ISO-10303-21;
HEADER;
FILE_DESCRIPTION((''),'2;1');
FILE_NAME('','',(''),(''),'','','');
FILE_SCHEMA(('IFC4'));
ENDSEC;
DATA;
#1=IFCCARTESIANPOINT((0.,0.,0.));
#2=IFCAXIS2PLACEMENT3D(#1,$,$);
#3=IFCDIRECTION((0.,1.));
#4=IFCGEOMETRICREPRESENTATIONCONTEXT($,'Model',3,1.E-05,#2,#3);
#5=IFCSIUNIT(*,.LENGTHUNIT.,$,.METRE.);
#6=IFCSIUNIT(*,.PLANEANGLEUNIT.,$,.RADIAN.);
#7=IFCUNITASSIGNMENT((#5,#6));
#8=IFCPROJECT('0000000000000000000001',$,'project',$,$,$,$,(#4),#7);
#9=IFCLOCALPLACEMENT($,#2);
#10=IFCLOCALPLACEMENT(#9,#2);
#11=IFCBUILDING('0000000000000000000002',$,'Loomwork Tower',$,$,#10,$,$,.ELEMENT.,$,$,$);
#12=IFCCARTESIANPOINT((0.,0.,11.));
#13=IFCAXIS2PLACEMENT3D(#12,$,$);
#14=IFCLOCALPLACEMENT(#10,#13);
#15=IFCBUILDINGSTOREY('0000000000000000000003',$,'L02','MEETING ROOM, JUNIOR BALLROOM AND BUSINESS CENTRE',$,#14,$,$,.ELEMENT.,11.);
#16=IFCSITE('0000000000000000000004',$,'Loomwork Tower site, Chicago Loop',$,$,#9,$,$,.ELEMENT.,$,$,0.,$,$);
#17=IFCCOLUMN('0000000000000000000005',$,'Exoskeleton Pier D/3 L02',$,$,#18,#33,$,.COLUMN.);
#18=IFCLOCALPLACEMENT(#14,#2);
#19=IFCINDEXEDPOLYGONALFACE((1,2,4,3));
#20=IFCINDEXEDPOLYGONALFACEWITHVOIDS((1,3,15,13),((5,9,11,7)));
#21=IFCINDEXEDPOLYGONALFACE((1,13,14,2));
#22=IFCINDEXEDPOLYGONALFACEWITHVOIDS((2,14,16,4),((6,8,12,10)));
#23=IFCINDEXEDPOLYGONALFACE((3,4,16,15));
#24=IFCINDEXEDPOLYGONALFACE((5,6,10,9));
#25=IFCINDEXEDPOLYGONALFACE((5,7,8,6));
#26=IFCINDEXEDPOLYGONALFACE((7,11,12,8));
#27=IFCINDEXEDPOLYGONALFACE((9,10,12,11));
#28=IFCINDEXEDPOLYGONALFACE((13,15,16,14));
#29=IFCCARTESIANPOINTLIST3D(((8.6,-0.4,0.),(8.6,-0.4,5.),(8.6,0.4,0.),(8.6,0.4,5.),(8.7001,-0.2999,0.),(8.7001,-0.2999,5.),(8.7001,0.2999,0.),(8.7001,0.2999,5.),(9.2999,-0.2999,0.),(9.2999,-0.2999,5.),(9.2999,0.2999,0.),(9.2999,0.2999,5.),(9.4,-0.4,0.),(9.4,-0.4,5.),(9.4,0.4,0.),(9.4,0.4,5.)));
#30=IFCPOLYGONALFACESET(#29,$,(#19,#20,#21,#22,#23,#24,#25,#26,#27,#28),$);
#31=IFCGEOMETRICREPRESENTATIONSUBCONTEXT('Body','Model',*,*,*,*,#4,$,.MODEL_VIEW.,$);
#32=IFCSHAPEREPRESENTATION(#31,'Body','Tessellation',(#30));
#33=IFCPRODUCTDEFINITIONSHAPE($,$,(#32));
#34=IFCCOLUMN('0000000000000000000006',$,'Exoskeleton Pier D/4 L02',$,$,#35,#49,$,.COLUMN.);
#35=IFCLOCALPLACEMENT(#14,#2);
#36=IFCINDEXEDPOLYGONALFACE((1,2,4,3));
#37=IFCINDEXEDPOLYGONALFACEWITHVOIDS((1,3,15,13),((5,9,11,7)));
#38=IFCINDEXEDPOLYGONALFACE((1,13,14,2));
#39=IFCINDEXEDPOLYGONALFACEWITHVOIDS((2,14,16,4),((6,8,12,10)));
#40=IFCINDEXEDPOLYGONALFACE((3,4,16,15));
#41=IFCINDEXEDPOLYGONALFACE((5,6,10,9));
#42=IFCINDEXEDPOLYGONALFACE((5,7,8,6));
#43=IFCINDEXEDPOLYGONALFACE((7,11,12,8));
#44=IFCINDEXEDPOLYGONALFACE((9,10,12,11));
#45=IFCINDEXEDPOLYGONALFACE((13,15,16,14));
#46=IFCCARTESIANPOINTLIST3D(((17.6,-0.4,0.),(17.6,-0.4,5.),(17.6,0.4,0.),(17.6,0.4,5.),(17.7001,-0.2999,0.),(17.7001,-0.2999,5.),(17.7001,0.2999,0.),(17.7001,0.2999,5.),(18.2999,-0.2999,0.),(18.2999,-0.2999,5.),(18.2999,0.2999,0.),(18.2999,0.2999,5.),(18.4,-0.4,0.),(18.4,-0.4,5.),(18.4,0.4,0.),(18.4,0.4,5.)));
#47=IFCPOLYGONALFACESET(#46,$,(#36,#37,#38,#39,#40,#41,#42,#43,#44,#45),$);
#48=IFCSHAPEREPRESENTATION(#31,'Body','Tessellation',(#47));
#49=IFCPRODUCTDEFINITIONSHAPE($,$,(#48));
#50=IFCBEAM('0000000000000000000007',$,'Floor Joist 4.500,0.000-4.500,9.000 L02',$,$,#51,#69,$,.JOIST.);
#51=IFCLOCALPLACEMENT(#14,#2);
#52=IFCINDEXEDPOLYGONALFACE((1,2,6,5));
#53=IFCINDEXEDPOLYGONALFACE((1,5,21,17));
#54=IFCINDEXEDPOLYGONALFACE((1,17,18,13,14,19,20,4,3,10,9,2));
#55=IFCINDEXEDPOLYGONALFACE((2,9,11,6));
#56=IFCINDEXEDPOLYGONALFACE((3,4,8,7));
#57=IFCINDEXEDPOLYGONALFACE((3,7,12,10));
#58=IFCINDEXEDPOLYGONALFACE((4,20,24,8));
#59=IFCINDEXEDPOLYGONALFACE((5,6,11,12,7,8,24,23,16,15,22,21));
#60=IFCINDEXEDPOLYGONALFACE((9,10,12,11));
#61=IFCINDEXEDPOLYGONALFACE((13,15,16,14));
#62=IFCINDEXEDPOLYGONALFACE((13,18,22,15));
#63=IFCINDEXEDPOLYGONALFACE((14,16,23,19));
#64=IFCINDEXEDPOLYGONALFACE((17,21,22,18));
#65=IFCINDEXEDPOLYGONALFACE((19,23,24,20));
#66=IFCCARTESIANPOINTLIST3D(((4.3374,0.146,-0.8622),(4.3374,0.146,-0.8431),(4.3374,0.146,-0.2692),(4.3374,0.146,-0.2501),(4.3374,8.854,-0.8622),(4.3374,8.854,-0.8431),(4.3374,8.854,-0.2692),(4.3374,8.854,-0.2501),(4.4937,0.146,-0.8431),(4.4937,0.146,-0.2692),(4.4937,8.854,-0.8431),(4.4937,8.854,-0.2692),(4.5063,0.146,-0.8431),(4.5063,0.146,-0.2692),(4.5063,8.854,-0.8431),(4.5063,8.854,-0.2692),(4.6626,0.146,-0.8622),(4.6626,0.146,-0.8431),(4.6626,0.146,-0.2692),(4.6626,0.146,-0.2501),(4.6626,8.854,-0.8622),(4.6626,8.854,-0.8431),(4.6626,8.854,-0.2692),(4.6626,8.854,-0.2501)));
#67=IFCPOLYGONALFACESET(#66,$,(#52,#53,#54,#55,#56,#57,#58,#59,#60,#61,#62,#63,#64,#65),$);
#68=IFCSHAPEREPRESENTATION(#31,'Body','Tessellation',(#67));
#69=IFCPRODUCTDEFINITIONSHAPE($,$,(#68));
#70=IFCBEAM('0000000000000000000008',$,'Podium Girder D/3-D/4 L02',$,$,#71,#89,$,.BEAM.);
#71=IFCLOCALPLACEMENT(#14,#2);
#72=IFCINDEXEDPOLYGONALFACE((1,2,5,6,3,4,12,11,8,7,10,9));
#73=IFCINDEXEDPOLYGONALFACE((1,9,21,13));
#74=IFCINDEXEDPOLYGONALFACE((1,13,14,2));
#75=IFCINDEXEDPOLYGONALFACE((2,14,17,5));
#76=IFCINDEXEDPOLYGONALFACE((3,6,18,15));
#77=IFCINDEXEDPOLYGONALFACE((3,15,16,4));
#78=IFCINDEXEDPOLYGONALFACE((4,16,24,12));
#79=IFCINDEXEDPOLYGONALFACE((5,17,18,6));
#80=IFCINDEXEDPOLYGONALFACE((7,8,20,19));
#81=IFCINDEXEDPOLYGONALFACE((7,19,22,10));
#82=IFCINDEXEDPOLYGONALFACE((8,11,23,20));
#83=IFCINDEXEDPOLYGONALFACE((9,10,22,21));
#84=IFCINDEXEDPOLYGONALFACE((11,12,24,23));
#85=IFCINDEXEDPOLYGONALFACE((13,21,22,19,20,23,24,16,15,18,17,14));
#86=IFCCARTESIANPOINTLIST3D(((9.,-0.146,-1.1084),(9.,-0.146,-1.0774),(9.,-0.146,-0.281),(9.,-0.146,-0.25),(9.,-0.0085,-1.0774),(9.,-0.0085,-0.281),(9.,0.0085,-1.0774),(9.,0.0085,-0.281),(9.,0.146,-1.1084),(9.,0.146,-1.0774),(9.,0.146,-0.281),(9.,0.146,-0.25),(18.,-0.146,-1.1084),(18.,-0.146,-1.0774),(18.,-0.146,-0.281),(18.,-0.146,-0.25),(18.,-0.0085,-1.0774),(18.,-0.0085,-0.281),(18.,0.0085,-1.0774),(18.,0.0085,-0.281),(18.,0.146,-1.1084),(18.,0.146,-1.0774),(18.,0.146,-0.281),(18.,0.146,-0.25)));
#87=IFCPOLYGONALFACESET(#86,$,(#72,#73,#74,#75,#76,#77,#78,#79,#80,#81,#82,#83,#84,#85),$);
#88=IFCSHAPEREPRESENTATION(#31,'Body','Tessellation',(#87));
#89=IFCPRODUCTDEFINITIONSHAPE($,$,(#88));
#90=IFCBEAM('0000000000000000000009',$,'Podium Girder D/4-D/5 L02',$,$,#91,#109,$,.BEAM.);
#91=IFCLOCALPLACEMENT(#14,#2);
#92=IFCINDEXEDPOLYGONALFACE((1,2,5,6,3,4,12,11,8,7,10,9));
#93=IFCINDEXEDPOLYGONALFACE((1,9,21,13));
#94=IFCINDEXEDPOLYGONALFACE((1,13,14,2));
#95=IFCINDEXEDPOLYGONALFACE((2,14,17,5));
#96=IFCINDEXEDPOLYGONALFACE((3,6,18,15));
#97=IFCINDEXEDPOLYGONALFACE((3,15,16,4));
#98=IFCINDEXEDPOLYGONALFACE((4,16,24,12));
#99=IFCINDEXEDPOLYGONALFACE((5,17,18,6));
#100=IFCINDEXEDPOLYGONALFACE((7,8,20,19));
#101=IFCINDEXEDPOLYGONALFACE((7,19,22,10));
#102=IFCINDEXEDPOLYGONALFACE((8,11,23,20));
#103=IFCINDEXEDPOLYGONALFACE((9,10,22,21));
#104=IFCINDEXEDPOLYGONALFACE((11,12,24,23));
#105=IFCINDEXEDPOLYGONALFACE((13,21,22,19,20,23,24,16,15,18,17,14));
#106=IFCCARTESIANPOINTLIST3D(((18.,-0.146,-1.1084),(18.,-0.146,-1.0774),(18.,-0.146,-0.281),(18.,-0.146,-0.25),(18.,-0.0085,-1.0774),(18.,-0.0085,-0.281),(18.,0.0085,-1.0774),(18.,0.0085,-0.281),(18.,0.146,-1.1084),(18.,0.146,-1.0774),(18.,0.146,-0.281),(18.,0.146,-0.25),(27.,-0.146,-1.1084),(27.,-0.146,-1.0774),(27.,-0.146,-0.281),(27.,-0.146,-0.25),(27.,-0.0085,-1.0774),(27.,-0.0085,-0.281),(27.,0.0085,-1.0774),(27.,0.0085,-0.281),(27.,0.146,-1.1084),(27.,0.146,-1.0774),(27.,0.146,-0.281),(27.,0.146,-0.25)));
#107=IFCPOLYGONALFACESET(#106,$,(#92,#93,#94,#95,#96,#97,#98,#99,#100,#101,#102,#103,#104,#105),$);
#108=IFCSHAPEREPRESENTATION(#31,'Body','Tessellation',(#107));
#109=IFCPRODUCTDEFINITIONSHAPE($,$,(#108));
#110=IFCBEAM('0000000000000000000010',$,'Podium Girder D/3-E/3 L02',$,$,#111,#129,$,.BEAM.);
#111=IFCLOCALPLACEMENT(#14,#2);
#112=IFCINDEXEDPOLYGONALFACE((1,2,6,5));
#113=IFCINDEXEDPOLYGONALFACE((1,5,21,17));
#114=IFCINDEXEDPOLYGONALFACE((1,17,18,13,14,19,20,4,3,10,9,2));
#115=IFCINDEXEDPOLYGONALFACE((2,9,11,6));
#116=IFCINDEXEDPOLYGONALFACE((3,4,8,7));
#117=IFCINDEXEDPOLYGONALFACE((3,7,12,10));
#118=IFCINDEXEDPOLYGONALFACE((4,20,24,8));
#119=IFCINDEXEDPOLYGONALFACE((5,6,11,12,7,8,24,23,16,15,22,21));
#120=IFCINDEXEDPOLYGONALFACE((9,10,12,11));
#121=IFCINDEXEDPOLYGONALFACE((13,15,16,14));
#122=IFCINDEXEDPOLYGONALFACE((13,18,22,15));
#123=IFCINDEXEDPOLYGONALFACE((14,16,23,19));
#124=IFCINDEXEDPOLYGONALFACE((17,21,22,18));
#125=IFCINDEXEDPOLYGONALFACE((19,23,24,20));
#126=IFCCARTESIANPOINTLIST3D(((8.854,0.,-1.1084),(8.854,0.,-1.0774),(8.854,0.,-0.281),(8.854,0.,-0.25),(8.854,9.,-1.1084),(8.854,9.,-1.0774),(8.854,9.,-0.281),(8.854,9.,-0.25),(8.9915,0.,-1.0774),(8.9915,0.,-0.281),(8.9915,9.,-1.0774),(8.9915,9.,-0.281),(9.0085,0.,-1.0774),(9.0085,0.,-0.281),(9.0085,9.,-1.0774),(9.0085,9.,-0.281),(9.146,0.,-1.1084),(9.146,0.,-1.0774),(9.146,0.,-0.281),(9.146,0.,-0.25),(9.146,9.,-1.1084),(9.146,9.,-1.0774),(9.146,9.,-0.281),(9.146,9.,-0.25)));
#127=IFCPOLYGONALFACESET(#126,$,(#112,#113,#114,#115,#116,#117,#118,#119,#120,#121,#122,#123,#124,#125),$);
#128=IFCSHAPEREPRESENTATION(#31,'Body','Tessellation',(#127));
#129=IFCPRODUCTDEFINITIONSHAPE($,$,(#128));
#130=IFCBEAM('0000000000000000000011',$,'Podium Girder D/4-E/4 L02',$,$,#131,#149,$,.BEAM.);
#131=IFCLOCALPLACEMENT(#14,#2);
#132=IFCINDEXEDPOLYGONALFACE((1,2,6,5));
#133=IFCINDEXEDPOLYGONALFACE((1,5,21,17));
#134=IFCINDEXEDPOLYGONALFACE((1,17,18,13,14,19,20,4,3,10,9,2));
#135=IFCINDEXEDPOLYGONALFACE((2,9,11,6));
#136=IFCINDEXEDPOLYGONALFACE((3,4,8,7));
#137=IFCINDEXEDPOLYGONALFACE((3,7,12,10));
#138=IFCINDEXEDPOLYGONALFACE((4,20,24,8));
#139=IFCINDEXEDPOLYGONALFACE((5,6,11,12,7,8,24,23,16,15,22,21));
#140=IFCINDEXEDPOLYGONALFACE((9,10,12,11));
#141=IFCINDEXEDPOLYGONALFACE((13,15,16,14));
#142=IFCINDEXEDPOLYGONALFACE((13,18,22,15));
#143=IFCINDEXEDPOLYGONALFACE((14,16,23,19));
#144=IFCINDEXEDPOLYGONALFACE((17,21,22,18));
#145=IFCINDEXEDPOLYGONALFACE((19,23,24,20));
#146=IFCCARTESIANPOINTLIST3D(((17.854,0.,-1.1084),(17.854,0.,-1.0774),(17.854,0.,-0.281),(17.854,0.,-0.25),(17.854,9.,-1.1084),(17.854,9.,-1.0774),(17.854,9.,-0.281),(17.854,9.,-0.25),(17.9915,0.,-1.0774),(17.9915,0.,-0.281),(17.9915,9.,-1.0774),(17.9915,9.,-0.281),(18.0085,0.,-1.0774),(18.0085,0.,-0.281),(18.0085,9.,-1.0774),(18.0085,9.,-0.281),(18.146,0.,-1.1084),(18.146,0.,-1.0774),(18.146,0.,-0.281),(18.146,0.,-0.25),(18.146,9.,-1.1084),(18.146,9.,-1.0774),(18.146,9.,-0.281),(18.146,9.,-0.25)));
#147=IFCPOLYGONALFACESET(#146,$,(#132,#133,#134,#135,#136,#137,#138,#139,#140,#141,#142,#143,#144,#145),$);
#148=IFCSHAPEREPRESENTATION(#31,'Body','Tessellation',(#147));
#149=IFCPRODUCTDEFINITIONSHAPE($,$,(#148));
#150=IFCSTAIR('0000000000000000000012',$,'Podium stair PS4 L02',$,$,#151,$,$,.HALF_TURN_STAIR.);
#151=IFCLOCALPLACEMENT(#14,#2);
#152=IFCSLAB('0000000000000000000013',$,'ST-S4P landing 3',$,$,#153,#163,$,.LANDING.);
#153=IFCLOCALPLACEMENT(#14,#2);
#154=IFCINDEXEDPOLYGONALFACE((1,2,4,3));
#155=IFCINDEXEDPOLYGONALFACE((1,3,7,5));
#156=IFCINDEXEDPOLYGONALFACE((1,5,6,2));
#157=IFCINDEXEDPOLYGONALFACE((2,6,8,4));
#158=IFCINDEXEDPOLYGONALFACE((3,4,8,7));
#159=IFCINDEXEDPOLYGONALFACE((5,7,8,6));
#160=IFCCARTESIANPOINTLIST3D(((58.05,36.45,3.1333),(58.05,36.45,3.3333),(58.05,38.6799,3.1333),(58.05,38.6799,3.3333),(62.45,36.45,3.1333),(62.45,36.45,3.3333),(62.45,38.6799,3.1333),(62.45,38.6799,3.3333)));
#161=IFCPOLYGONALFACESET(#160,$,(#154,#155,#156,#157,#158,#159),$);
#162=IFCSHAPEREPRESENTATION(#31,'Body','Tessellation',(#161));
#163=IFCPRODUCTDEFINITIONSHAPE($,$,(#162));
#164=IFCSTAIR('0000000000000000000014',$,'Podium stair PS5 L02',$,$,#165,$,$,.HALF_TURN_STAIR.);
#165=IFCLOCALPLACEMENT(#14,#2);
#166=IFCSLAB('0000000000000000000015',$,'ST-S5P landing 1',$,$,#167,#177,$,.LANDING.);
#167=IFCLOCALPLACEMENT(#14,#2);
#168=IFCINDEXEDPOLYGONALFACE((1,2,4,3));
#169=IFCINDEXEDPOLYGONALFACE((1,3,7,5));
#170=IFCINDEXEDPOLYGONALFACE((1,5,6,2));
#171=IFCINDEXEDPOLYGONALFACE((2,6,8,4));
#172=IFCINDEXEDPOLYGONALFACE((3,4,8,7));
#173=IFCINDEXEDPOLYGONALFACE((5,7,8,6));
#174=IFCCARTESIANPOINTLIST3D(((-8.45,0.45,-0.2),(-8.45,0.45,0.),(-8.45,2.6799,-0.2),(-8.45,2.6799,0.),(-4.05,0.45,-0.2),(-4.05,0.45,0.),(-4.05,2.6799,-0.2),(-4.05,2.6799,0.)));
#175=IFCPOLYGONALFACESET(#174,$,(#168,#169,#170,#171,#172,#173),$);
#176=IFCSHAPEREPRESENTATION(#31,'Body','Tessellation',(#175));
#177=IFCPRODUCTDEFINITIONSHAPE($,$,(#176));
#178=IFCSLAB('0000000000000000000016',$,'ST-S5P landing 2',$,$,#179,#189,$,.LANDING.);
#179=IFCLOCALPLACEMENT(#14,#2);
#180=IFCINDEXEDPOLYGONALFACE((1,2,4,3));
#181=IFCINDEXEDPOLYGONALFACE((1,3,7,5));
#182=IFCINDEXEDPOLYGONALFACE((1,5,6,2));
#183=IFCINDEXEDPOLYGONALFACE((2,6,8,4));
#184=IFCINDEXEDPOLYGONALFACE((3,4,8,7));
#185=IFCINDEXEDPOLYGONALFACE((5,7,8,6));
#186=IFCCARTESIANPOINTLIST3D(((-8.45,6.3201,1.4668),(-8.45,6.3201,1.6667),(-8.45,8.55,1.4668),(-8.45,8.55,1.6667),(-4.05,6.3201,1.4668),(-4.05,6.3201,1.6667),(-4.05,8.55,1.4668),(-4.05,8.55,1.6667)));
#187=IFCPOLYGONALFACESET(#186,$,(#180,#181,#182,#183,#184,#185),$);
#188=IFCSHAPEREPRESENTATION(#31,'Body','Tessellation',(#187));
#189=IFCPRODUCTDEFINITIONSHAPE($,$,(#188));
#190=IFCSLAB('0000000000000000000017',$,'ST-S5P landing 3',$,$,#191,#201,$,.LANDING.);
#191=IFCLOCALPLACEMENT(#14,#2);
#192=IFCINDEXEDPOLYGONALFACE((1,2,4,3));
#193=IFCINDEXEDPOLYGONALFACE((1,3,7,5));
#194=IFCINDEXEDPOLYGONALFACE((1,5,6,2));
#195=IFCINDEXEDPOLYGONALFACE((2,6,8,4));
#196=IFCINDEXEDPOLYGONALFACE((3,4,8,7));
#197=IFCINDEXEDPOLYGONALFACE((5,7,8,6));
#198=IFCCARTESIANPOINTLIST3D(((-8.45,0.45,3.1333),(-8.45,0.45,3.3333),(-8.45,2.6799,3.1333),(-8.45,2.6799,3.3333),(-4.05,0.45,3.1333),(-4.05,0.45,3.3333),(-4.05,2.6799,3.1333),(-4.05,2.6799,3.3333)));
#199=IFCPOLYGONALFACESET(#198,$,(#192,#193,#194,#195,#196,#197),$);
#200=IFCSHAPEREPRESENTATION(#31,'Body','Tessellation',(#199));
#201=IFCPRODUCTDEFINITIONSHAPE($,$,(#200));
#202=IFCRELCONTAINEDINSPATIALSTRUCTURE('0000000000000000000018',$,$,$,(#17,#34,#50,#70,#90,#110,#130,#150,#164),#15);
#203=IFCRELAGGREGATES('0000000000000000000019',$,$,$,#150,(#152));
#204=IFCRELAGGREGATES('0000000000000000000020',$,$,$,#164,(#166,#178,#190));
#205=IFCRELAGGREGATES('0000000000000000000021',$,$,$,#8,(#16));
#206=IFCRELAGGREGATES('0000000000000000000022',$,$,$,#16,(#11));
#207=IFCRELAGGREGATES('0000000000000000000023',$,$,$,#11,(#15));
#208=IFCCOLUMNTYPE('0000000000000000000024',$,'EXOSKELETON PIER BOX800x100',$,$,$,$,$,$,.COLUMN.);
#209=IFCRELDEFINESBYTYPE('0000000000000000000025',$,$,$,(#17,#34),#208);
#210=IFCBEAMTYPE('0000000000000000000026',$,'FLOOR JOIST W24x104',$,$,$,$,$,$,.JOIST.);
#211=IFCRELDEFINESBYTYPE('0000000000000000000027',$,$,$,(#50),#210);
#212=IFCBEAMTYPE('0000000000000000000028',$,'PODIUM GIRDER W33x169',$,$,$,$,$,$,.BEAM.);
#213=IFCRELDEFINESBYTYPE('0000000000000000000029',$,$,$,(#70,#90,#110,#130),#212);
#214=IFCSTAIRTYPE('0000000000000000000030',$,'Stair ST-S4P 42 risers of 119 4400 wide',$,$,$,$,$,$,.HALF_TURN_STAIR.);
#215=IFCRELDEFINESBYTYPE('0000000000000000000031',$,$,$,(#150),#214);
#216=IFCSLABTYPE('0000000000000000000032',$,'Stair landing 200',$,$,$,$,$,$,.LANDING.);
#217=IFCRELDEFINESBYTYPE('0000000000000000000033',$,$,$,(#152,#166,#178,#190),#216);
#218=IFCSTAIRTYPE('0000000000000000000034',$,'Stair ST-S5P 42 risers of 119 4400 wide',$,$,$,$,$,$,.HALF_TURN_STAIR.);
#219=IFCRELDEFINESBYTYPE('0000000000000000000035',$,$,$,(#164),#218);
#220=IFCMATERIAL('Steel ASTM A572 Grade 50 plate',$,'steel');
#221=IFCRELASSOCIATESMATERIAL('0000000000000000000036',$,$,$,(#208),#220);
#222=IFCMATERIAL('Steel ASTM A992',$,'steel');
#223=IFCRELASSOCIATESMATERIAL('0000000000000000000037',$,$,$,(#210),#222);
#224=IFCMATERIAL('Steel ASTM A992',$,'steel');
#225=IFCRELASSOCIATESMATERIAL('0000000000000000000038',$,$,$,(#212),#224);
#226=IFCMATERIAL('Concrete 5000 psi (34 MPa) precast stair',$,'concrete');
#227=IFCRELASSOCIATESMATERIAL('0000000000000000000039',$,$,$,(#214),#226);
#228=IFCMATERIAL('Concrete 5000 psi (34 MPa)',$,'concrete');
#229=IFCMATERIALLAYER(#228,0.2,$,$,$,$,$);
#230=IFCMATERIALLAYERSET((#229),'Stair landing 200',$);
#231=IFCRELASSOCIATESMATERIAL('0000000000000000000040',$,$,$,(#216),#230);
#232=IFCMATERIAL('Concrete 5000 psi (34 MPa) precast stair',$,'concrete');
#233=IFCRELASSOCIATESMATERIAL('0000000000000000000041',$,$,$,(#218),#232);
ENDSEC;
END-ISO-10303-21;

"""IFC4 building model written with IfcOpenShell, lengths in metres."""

from ifc_helpers import new_model, si_unit, direction, frame, origin, origin_2d, place, context, subcontext, project, spatial, polyline, hollow_rectangle, i_section, outline, extrude, material, layer, layer_set, material_profile, profile_set, type_object, element, aggregate, save


model = new_model("IFC4")

# Units and contexts
model_context = context("Model", 3, precision=1e-05, world=origin(), true_north=direction((0.0, 1.0)))
body_context = subcontext(model_context, "Body", "Model", "MODEL_VIEW")
ifc_project = project(units=[si_unit("LENGTHUNIT", "METRE"), si_unit("PLANEANGLEUNIT", "RADIAN")], contexts=[model_context])

# Site, building, storey
site_placement = place(None, origin())
site = spatial("IfcSite", under=ifc_project, at=site_placement, Name="Loomwork Tower site, Chicago Loop", CompositionType="ELEMENT", RefElevation=0.0)
building_placement = place(site_placement, origin())
building = spatial("IfcBuilding", under=site, at=building_placement, Name="Loomwork Tower", CompositionType="ELEMENT")
storey_placement = place(building_placement, frame((0.0, 0.0, 11.0)))
storey = spatial("IfcBuildingStorey", under=building, at=storey_placement, Name="L02", Description="MEETING ROOM, JUNIOR BALLROOM AND BUSINESS CENTRE", CompositionType="ELEMENT", Elevation=11.0)

# Columns
ifc_material_1 = material(Name="Steel ASTM A572 Grade 50 plate", Category="steel")
ifc_material_profile_1 = material_profile(ifc_material_1, hollow_rectangle(XDim=0.8, YDim=0.8, WallThickness=0.1001, at=origin_2d()), Name="BOX800x100")
ifc_profile_set_1 = profile_set([ifc_material_profile_1], Name="Steel ASTM A572 Grade 50 plate")
column_type = type_object("IfcColumnType", Name="EXOSKELETON PIER BOX800x100", PredefinedType="COLUMN", material=ifc_profile_set_1)
for number, where, z_axis, x_axis, name in (
    (1, (9.0, 0.0, 0.0), (0.0, 0.0, 1.0), (1.0, 0.0, 0.0), "Exoskeleton Pier D/3 L02"),
    (2, (18.0, 0.0, 0.0), (0.0, 0.0, 1.0), (1.0, 0.0, 0.0), "Exoskeleton Pier D/4 L02"),
):
    element("IfcColumn", number, at=place(storey_placement, frame(where, z_axis=z_axis, x_axis=x_axis)), inside=storey, type_object=column_type, Name=name, PredefinedType="COLUMN", context=body_context, shape_type="SweptSolid", body=[
        extrude(hollow_rectangle(XDim=0.8, YDim=0.8, WallThickness=0.1001, at=origin_2d()), origin(), (0.0, 0.0, 1.0), 5.0),
    ])

# Beams
ifc_material_2 = material(Name="Steel ASTM A992", Category="steel")
ifc_material_profile_2 = material_profile(ifc_material_2, i_section(OverallWidth=0.3252, OverallDepth=0.6121, WebThickness=0.0127, FlangeThickness=0.019, at=origin_2d()), Name="W24x104")
ifc_profile_set_2 = profile_set([ifc_material_profile_2], Name="Steel ASTM A992")
beam_type_1 = type_object("IfcBeamType", Name="FLOOR JOIST W24x104", PredefinedType="JOIST", material=ifc_profile_set_2)
beam_placement = place(storey_placement, frame((4.5, 0.146, -0.5562), z_axis=(0.0, 1.0, 0.0), x_axis=(-1.0, 0.0, 0.0)))
element("IfcBeam", 3, at=beam_placement, inside=storey, type_object=beam_type_1, Name="Floor Joist 4.500,0.000-4.500,9.000 L02", PredefinedType="JOIST", context=body_context, shape_type="SweptSolid", body=[
    extrude(i_section(OverallWidth=0.3252, OverallDepth=0.6121, WebThickness=0.0127, FlangeThickness=0.019, at=origin_2d()), origin(), (0.0, 0.0, 1.0), 8.708),
])
ifc_material_3 = material(Name="Steel ASTM A992", Category="steel")
ifc_material_profile_3 = material_profile(ifc_material_3, i_section(OverallWidth=0.292, OverallDepth=0.8584, WebThickness=0.0171, FlangeThickness=0.031, at=origin_2d()), Name="W33x169")
ifc_profile_set_3 = profile_set([ifc_material_profile_3], Name="Steel ASTM A992")
beam_type_2 = type_object("IfcBeamType", Name="PODIUM GIRDER W33x169", PredefinedType="BEAM", material=ifc_profile_set_3)
for number, where, z_axis, x_axis, name in (
    (4, (9.0, 0.0, -0.6792), (1.0, 0.0, 0.0), (0.0, 1.0, 0.0), "Podium Girder D/3-D/4 L02"),
    (5, (18.0, 0.0, -0.6792), (1.0, 0.0, 0.0), (0.0, 1.0, 0.0), "Podium Girder D/4-D/5 L02"),
    (6, (9.0, 0.0, -0.6792), (0.0, 1.0, 0.0), (-1.0, 0.0, 0.0), "Podium Girder D/3-E/3 L02"),
    (7, (18.0, 0.0, -0.6792), (0.0, 1.0, 0.0), (-1.0, 0.0, 0.0), "Podium Girder D/4-E/4 L02"),
):
    element("IfcBeam", number, at=place(storey_placement, frame(where, z_axis=z_axis, x_axis=x_axis)), inside=storey, type_object=beam_type_2, Name=name, PredefinedType="BEAM", context=body_context, shape_type="SweptSolid", body=[
        extrude(i_section(OverallWidth=0.292, OverallDepth=0.8584, WebThickness=0.0171, FlangeThickness=0.031, at=origin_2d()), origin(), (0.0, 0.0, 1.0), 9.0),
    ])

# Stair, slab
ifc_material_4 = material(Name="Concrete 5000 psi (34 MPa) precast stair", Category="concrete")
stair_type_1 = type_object("IfcStairType", Name="Stair ST-S4P 42 risers of 119 4400 wide", PredefinedType="HALF_TURN_STAIR", material=ifc_material_4)
stair_1_placement = place(storey_placement, origin())
stair_1 = element("IfcStair", 8, at=stair_1_placement, inside=storey, type_object=stair_type_1, Name="Podium stair PS4 L02", PredefinedType="HALF_TURN_STAIR")
ifc_material_5 = material(Name="Concrete 5000 psi (34 MPa)", Category="concrete")
ifc_layer_1 = layer(ifc_material_5, 0.2)
ifc_layer_set_1 = layer_set([ifc_layer_1], Name="Stair landing 200")
slab_type = type_object("IfcSlabType", Name="Stair landing 200", PredefinedType="LANDING", material=ifc_layer_set_1)
slab_1_placement = place(storey_placement, frame((0.0, 0.0, 3.1333)))
slab_1 = element("IfcSlab", 9, at=slab_1_placement, type_object=slab_type, Name="ST-S4P landing 3", PredefinedType="LANDING", context=body_context, shape_type="SweptSolid", body=[
    extrude(outline(polyline([(58.05, 36.45), (62.45, 36.45), (62.45, 38.6799), (58.05, 38.6799), (58.05, 36.45)])), origin(), (0.0, 0.0, 1.0), 0.2),
])
aggregate(stair_1, [slab_1])

# Stair, slabs
ifc_material_6 = material(Name="Concrete 5000 psi (34 MPa) precast stair", Category="concrete")
stair_type_2 = type_object("IfcStairType", Name="Stair ST-S5P 42 risers of 119 4400 wide", PredefinedType="HALF_TURN_STAIR", material=ifc_material_6)
stair_2_placement = place(storey_placement, origin())
stair_2 = element("IfcStair", 10, at=stair_2_placement, inside=storey, type_object=stair_type_2, Name="Podium stair PS5 L02", PredefinedType="HALF_TURN_STAIR")
slab_2_placement = place(storey_placement, frame((0.0, 0.0, -0.2)))
slab_2 = element("IfcSlab", 11, at=slab_2_placement, type_object=slab_type, Name="ST-S5P landing 1", PredefinedType="LANDING", context=body_context, shape_type="SweptSolid", body=[
    extrude(outline(polyline([(-8.45, 0.45), (-4.05, 0.45), (-4.05, 2.6799), (-8.45, 2.6799), (-8.45, 0.45)])), origin(), (0.0, 0.0, 1.0), 0.2),
])
slab_3_placement = place(storey_placement, frame((0.0, 0.0, 1.4668)))
slab_3 = element("IfcSlab", 12, at=slab_3_placement, type_object=slab_type, Name="ST-S5P landing 2", PredefinedType="LANDING", context=body_context, shape_type="SweptSolid", body=[
    extrude(outline(polyline([(-8.45, 6.3201), (-4.05, 6.3201), (-4.05, 8.55), (-8.45, 8.55), (-8.45, 6.3201)])), origin(), (0.0, 0.0, 1.0), 0.2),
])
slab_4_placement = place(storey_placement, frame((0.0, 0.0, 3.1333)))
slab_4 = element("IfcSlab", 13, at=slab_4_placement, type_object=slab_type, Name="ST-S5P landing 3", PredefinedType="LANDING", context=body_context, shape_type="SweptSolid", body=[
    extrude(outline(polyline([(-8.45, 0.45), (-4.05, 0.45), (-4.05, 2.6799), (-8.45, 2.6799), (-8.45, 0.45)])), origin(), (0.0, 0.0, 1.0), 0.2),
])
aggregate(stair_2, [slab_2, slab_3, slab_4])

save(model, "model.ifc")
